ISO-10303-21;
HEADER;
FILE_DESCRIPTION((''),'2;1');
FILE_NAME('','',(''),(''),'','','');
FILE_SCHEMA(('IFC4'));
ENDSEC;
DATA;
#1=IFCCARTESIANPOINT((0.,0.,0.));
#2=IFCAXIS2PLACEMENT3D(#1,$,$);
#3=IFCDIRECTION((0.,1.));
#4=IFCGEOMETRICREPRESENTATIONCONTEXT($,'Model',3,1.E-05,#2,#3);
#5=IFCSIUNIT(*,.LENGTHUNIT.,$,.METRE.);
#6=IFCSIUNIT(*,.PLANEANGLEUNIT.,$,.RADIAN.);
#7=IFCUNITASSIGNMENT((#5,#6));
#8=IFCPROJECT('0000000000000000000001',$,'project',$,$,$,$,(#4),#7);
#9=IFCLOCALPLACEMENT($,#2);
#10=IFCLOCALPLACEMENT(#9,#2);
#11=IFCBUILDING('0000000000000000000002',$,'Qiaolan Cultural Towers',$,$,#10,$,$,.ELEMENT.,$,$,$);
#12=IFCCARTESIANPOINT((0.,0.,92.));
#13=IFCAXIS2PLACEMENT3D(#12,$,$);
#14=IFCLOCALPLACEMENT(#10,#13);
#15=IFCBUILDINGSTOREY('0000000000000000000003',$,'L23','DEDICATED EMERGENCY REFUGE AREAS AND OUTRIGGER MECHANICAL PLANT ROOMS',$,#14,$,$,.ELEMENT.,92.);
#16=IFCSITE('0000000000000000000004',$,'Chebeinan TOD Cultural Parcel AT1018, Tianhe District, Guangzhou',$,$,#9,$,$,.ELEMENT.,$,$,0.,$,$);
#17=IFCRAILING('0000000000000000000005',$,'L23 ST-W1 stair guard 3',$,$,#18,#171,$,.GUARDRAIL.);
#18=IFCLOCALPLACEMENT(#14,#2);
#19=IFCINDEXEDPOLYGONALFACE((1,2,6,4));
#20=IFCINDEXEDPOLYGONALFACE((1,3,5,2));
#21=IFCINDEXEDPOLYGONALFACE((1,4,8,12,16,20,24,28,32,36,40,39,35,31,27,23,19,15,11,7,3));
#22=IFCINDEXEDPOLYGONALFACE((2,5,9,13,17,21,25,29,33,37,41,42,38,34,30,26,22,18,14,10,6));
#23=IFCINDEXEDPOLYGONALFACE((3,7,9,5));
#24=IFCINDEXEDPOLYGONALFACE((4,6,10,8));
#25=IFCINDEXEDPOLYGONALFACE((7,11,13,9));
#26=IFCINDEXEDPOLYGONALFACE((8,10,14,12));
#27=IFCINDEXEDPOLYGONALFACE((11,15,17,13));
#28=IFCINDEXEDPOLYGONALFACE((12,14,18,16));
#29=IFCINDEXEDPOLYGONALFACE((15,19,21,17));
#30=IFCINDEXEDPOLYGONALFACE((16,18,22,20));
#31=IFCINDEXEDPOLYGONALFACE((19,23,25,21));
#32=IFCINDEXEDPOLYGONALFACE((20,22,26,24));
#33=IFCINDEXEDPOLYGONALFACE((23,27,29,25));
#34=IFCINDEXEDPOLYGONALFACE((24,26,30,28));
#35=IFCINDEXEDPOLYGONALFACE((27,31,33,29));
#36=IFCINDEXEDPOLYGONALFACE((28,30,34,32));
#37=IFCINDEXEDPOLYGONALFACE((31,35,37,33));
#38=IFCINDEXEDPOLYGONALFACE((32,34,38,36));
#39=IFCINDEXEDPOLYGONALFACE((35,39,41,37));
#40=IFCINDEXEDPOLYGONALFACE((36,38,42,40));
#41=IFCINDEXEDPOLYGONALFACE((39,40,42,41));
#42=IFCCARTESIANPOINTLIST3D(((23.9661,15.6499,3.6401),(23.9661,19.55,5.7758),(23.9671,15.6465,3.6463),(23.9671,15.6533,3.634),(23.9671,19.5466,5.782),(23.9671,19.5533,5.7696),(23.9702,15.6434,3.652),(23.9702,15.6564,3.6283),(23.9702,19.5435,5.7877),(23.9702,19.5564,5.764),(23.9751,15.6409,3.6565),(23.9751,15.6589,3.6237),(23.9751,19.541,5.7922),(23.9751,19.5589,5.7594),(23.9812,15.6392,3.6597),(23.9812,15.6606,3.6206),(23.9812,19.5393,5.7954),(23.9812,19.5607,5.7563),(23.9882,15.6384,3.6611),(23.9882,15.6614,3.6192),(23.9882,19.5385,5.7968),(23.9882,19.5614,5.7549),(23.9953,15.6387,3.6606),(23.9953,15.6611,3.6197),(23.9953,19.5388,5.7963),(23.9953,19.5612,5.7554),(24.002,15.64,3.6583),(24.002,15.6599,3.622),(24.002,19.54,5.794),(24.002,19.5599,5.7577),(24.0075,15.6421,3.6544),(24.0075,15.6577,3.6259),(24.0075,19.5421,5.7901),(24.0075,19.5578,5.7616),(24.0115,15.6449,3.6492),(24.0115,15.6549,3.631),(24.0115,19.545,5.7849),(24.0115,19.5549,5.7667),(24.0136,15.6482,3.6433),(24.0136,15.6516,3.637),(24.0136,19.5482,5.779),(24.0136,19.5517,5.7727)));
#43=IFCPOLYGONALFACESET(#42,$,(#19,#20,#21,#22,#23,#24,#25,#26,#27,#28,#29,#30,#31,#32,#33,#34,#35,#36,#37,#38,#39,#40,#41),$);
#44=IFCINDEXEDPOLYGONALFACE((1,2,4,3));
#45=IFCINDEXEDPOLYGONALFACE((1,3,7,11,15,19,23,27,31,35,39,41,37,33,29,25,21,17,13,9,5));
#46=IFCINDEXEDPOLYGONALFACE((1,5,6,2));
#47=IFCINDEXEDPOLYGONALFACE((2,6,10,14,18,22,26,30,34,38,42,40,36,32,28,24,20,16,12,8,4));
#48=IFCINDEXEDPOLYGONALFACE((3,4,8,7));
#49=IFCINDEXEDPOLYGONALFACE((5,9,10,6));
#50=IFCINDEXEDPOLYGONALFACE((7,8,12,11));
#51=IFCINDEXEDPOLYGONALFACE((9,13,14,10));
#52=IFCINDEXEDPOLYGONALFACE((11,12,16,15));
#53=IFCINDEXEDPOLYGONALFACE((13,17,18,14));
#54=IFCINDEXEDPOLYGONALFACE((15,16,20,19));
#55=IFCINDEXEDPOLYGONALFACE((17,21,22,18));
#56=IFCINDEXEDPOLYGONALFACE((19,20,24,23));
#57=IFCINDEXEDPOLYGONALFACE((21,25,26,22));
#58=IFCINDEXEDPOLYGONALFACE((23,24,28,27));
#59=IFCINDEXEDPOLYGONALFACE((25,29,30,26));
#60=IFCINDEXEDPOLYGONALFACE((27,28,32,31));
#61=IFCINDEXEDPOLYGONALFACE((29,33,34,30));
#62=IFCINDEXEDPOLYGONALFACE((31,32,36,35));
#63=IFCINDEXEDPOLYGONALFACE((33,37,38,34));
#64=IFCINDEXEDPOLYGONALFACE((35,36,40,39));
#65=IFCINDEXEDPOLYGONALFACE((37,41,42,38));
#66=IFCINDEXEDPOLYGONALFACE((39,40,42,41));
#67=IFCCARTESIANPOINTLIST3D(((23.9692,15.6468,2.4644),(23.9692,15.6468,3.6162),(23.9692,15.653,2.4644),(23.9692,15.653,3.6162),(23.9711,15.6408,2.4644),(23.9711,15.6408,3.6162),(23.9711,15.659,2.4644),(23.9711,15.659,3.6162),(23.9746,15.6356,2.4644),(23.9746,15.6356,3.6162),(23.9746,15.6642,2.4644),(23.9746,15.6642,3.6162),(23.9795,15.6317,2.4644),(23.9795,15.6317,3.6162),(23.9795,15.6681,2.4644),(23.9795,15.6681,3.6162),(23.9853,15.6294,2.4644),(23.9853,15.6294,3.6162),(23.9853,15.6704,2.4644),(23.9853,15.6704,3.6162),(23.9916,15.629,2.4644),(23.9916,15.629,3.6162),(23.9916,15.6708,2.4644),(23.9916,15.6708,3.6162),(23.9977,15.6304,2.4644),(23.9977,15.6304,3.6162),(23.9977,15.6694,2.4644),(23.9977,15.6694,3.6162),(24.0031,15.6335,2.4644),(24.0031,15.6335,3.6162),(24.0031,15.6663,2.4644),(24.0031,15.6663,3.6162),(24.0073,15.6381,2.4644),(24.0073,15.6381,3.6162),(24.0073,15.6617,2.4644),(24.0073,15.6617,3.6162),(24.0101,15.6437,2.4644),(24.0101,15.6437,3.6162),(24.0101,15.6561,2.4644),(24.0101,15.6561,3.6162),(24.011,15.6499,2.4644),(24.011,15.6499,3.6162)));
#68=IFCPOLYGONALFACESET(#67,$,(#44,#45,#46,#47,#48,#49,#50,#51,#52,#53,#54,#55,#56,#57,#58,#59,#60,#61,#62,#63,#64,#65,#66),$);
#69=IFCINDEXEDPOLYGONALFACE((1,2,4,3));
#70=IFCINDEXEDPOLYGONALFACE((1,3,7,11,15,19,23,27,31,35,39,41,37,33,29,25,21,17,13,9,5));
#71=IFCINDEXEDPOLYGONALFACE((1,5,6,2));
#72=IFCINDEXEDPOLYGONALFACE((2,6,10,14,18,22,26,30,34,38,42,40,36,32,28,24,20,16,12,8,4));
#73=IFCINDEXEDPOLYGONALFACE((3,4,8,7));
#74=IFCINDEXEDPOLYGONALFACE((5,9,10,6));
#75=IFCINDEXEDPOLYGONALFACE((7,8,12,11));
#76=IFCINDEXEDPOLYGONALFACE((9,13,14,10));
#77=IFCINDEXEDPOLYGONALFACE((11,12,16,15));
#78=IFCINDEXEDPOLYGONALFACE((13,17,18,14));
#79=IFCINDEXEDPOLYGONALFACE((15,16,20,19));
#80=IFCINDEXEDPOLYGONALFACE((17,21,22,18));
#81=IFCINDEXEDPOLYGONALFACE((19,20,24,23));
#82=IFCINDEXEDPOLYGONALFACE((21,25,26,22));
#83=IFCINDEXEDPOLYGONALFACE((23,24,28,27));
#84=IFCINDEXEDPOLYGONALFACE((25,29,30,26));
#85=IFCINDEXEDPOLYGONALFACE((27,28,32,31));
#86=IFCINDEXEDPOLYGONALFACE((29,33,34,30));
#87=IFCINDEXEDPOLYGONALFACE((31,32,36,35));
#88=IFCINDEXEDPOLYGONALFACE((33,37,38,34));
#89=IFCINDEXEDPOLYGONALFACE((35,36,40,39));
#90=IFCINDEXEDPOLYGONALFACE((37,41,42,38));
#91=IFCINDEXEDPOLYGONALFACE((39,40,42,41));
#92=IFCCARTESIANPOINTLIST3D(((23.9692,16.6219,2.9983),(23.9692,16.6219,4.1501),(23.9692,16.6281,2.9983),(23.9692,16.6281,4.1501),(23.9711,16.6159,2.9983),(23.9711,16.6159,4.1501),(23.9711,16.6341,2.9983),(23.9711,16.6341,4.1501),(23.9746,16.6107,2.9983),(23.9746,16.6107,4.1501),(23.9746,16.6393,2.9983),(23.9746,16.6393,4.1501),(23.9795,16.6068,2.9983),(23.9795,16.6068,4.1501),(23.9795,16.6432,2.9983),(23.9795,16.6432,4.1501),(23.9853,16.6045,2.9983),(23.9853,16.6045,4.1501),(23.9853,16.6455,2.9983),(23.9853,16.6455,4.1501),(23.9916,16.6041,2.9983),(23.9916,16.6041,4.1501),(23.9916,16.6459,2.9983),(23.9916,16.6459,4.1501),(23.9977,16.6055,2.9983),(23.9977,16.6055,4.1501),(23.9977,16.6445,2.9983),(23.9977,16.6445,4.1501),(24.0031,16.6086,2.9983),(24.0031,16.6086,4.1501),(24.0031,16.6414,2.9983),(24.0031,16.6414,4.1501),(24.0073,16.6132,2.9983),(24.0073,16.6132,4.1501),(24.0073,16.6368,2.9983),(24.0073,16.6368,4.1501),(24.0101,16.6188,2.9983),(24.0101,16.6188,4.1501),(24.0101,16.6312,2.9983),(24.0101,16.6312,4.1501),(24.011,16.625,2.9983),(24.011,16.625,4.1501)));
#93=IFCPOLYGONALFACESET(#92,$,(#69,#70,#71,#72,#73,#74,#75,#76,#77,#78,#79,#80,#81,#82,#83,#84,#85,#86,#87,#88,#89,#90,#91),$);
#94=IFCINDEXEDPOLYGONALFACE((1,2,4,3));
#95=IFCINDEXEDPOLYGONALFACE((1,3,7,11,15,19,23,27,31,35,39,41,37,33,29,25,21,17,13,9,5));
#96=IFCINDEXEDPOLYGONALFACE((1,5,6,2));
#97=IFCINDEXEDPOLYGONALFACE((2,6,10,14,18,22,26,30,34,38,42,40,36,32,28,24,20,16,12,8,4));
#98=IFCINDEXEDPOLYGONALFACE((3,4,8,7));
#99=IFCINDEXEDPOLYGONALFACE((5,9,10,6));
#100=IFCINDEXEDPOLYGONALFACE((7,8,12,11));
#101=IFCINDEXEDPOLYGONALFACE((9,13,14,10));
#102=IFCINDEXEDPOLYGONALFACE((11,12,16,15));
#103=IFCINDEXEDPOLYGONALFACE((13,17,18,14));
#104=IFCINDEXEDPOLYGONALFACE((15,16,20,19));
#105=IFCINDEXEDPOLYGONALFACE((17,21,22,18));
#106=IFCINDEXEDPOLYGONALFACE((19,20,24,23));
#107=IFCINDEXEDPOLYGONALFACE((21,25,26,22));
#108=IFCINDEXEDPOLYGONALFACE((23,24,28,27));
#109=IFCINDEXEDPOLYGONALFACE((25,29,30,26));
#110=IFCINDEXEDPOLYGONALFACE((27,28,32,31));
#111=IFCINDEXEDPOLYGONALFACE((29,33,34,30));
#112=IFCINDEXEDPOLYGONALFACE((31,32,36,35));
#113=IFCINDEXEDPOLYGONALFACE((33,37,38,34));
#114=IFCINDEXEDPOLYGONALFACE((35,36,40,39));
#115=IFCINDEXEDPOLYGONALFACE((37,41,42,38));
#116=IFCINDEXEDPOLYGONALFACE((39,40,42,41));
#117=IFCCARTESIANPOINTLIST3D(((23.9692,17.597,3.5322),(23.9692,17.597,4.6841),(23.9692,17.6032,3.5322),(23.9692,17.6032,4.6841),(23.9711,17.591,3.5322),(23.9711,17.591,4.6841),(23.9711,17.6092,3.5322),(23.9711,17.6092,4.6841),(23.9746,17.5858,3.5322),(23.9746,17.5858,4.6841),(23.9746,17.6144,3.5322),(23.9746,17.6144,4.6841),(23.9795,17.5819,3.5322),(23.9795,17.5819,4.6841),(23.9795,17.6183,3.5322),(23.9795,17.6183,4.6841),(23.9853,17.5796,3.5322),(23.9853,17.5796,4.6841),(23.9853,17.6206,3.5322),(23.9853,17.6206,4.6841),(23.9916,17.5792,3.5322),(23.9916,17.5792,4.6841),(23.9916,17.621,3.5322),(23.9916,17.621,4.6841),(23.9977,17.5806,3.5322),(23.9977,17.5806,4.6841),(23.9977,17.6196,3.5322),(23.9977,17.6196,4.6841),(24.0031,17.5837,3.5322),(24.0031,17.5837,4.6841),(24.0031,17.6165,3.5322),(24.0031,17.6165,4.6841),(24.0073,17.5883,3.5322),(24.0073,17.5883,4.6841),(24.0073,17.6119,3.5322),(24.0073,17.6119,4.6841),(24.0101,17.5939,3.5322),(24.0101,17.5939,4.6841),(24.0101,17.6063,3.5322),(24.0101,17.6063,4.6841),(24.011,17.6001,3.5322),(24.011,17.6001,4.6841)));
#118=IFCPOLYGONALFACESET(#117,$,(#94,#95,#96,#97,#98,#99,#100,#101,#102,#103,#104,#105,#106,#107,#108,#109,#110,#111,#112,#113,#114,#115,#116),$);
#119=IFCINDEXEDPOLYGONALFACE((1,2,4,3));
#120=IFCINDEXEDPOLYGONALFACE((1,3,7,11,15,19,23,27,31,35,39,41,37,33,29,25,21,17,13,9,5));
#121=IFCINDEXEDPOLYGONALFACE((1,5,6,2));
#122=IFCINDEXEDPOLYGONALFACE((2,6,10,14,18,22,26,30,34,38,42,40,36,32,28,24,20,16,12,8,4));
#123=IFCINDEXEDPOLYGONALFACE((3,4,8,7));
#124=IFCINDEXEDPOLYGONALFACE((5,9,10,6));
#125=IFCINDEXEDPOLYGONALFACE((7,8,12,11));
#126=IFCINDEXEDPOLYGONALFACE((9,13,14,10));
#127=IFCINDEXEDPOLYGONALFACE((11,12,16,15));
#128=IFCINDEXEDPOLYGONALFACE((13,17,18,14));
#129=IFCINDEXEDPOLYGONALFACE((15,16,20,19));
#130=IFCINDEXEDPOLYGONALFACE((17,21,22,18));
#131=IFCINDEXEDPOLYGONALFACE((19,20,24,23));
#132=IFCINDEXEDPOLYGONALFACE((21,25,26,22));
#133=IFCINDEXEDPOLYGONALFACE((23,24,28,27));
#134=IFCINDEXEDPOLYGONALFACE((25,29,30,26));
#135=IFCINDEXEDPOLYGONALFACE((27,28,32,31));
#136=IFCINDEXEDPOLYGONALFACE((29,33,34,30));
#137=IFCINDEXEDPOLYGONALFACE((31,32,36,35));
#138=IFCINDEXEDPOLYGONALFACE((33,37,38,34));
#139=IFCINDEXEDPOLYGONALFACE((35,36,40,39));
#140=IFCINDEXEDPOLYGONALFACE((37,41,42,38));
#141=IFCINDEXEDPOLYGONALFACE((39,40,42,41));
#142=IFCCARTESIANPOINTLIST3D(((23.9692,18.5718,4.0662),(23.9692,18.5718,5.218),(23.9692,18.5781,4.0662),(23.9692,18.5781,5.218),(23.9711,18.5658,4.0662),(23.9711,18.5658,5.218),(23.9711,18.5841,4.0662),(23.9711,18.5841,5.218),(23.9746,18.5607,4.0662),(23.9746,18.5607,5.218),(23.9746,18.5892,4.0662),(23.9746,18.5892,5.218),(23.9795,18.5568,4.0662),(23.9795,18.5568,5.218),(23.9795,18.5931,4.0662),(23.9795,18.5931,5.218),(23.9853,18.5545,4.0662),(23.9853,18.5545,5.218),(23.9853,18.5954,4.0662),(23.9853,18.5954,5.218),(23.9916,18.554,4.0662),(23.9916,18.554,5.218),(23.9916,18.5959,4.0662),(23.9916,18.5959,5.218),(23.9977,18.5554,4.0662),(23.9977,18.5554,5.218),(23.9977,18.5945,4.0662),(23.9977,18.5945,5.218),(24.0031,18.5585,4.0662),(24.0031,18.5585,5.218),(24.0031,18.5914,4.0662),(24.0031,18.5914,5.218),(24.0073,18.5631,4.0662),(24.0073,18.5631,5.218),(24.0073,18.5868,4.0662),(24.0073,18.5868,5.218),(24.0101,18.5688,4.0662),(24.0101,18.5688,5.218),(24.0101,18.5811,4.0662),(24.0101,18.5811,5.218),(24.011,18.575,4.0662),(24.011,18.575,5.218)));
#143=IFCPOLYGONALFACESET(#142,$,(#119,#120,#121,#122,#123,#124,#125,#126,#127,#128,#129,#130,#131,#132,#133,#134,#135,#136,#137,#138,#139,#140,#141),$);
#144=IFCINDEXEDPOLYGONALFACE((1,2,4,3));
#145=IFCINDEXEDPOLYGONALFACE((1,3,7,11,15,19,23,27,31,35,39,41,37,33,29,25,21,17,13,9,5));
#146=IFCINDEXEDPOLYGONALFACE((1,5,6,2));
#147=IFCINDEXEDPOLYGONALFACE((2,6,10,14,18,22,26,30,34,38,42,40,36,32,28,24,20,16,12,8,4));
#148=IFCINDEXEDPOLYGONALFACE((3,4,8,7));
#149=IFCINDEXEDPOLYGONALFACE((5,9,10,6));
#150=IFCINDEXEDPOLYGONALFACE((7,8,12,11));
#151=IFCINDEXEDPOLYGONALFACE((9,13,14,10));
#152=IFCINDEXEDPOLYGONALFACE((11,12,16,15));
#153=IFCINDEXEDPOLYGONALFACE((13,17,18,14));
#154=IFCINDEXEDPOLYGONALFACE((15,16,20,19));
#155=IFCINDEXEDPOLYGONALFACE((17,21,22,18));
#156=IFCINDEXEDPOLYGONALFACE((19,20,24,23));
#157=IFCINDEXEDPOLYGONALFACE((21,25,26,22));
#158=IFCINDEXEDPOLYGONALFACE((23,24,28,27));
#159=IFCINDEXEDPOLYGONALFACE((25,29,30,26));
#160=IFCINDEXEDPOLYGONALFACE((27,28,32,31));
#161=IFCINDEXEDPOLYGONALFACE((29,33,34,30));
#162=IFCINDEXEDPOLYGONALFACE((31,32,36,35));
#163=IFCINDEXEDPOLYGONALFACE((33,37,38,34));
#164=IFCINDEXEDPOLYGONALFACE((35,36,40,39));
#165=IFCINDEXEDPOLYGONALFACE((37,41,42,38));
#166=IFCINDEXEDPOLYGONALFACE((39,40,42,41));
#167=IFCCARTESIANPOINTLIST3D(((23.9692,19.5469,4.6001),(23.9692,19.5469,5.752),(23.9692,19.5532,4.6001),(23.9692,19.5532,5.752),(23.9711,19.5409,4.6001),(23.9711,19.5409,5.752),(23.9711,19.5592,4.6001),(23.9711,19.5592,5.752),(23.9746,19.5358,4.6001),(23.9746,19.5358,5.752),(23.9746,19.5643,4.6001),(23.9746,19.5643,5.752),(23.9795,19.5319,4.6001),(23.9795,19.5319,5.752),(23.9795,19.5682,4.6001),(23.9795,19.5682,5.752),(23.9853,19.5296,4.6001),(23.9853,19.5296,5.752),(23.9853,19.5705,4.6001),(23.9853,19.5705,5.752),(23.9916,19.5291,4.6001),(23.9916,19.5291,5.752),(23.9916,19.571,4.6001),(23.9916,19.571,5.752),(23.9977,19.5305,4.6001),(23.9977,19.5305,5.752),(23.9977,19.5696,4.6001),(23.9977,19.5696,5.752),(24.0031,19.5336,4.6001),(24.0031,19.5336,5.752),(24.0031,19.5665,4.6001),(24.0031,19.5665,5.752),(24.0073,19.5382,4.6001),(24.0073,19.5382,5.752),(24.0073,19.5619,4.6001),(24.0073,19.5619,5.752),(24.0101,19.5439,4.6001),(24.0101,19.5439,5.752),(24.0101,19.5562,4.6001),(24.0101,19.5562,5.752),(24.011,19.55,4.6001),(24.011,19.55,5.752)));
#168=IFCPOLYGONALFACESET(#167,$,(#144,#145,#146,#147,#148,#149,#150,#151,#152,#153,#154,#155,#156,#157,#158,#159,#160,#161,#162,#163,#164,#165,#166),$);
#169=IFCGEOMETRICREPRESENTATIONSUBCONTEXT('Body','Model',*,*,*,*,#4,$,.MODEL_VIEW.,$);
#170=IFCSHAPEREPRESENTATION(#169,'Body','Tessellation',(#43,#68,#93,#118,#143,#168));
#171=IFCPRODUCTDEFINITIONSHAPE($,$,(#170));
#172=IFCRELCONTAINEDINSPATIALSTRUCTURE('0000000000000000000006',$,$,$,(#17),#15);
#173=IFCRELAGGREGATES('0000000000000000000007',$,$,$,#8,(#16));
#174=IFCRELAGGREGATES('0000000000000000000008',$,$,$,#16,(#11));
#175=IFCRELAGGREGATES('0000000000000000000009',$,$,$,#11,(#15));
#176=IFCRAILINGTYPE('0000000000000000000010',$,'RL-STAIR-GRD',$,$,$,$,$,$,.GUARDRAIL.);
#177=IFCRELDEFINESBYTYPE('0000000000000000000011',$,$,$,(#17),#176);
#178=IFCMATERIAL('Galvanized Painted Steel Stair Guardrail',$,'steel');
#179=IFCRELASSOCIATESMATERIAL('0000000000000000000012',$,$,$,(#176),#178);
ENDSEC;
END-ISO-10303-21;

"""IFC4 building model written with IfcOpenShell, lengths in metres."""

from ifc_helpers import new_model, si_unit, direction, frame, origin, origin_2d, place, context, subcontext, project, spatial, circle, extrude, material, type_object, element, save


model = new_model("IFC4")

# Units and contexts
model_context = context("Model", 3, precision=1e-05, world=origin(), true_north=direction((0.0, 1.0)))
body_context = subcontext(model_context, "Body", "Model", "MODEL_VIEW")
ifc_project = project(units=[si_unit("LENGTHUNIT", "METRE"), si_unit("PLANEANGLEUNIT", "RADIAN")], contexts=[model_context])

# Site, building, storey
site_placement = place(None, origin())
site = spatial("IfcSite", under=ifc_project, at=site_placement, Name="Chebeinan TOD Cultural Parcel AT1018, Tianhe District, Guangzhou", CompositionType="ELEMENT", RefElevation=0.0)
building_placement = place(site_placement, origin())
building = spatial("IfcBuilding", under=site, at=building_placement, Name="Qiaolan Cultural Towers", CompositionType="ELEMENT")
storey_placement = place(building_placement, frame((0.0, 0.0, 92.0)))
storey = spatial("IfcBuildingStorey", under=building, at=storey_placement, Name="L23", Description="DEDICATED EMERGENCY REFUGE AREAS AND OUTRIGGER MECHANICAL PLANT ROOMS", CompositionType="ELEMENT", Elevation=92.0)

# Railing
ifc_material_1 = material(Name="Galvanized Painted Steel Stair Guardrail", Category="steel")
railing_type_1 = type_object("IfcRailingType", Name="RL-STAIR-GRD", PredefinedType="GUARDRAIL", material=ifc_material_1)
railing_1_placement = place(storey_placement, frame((23.99, 15.6499, 2.4644)))
element("IfcRailing", 1, at=railing_1_placement, inside=storey, type_object=railing_type_1, Name="L23 ST-W1 stair guard 3", PredefinedType="GUARDRAIL", context=body_context, shape_type="SweptSolid", body=[
    extrude(circle(Radius=0.0239, at=origin_2d()), frame((0.0, 0.0, 1.1758), z_axis=(0.0, 0.877101, 0.480306), x_axis=(-1.0, 0.0, 0.0)), (0.0, 0.0, 1.0), 4.4465),
    extrude(circle(Radius=0.021, at=origin_2d()), origin(), (0.0, 0.0, 1.0), 1.1519),
    extrude(circle(Radius=0.021, at=origin_2d()), frame((0.0, 0.9751, 0.5339)), (0.0, 0.0, 1.0), 1.1519),
    extrude(circle(Radius=0.021, at=origin_2d()), frame((0.0, 1.9502, 1.0679)), (0.0, 0.0, 1.0), 1.1519),
    extrude(circle(Radius=0.021, at=origin_2d()), frame((0.0, 2.925, 1.6018)), (0.0, 0.0, 1.0), 1.1519),
    extrude(circle(Radius=0.021, at=origin_2d()), frame((0.0, 3.9001, 2.1357)), (0.0, 0.0, 1.0), 1.1519),
])

save(model, "model.ifc")
